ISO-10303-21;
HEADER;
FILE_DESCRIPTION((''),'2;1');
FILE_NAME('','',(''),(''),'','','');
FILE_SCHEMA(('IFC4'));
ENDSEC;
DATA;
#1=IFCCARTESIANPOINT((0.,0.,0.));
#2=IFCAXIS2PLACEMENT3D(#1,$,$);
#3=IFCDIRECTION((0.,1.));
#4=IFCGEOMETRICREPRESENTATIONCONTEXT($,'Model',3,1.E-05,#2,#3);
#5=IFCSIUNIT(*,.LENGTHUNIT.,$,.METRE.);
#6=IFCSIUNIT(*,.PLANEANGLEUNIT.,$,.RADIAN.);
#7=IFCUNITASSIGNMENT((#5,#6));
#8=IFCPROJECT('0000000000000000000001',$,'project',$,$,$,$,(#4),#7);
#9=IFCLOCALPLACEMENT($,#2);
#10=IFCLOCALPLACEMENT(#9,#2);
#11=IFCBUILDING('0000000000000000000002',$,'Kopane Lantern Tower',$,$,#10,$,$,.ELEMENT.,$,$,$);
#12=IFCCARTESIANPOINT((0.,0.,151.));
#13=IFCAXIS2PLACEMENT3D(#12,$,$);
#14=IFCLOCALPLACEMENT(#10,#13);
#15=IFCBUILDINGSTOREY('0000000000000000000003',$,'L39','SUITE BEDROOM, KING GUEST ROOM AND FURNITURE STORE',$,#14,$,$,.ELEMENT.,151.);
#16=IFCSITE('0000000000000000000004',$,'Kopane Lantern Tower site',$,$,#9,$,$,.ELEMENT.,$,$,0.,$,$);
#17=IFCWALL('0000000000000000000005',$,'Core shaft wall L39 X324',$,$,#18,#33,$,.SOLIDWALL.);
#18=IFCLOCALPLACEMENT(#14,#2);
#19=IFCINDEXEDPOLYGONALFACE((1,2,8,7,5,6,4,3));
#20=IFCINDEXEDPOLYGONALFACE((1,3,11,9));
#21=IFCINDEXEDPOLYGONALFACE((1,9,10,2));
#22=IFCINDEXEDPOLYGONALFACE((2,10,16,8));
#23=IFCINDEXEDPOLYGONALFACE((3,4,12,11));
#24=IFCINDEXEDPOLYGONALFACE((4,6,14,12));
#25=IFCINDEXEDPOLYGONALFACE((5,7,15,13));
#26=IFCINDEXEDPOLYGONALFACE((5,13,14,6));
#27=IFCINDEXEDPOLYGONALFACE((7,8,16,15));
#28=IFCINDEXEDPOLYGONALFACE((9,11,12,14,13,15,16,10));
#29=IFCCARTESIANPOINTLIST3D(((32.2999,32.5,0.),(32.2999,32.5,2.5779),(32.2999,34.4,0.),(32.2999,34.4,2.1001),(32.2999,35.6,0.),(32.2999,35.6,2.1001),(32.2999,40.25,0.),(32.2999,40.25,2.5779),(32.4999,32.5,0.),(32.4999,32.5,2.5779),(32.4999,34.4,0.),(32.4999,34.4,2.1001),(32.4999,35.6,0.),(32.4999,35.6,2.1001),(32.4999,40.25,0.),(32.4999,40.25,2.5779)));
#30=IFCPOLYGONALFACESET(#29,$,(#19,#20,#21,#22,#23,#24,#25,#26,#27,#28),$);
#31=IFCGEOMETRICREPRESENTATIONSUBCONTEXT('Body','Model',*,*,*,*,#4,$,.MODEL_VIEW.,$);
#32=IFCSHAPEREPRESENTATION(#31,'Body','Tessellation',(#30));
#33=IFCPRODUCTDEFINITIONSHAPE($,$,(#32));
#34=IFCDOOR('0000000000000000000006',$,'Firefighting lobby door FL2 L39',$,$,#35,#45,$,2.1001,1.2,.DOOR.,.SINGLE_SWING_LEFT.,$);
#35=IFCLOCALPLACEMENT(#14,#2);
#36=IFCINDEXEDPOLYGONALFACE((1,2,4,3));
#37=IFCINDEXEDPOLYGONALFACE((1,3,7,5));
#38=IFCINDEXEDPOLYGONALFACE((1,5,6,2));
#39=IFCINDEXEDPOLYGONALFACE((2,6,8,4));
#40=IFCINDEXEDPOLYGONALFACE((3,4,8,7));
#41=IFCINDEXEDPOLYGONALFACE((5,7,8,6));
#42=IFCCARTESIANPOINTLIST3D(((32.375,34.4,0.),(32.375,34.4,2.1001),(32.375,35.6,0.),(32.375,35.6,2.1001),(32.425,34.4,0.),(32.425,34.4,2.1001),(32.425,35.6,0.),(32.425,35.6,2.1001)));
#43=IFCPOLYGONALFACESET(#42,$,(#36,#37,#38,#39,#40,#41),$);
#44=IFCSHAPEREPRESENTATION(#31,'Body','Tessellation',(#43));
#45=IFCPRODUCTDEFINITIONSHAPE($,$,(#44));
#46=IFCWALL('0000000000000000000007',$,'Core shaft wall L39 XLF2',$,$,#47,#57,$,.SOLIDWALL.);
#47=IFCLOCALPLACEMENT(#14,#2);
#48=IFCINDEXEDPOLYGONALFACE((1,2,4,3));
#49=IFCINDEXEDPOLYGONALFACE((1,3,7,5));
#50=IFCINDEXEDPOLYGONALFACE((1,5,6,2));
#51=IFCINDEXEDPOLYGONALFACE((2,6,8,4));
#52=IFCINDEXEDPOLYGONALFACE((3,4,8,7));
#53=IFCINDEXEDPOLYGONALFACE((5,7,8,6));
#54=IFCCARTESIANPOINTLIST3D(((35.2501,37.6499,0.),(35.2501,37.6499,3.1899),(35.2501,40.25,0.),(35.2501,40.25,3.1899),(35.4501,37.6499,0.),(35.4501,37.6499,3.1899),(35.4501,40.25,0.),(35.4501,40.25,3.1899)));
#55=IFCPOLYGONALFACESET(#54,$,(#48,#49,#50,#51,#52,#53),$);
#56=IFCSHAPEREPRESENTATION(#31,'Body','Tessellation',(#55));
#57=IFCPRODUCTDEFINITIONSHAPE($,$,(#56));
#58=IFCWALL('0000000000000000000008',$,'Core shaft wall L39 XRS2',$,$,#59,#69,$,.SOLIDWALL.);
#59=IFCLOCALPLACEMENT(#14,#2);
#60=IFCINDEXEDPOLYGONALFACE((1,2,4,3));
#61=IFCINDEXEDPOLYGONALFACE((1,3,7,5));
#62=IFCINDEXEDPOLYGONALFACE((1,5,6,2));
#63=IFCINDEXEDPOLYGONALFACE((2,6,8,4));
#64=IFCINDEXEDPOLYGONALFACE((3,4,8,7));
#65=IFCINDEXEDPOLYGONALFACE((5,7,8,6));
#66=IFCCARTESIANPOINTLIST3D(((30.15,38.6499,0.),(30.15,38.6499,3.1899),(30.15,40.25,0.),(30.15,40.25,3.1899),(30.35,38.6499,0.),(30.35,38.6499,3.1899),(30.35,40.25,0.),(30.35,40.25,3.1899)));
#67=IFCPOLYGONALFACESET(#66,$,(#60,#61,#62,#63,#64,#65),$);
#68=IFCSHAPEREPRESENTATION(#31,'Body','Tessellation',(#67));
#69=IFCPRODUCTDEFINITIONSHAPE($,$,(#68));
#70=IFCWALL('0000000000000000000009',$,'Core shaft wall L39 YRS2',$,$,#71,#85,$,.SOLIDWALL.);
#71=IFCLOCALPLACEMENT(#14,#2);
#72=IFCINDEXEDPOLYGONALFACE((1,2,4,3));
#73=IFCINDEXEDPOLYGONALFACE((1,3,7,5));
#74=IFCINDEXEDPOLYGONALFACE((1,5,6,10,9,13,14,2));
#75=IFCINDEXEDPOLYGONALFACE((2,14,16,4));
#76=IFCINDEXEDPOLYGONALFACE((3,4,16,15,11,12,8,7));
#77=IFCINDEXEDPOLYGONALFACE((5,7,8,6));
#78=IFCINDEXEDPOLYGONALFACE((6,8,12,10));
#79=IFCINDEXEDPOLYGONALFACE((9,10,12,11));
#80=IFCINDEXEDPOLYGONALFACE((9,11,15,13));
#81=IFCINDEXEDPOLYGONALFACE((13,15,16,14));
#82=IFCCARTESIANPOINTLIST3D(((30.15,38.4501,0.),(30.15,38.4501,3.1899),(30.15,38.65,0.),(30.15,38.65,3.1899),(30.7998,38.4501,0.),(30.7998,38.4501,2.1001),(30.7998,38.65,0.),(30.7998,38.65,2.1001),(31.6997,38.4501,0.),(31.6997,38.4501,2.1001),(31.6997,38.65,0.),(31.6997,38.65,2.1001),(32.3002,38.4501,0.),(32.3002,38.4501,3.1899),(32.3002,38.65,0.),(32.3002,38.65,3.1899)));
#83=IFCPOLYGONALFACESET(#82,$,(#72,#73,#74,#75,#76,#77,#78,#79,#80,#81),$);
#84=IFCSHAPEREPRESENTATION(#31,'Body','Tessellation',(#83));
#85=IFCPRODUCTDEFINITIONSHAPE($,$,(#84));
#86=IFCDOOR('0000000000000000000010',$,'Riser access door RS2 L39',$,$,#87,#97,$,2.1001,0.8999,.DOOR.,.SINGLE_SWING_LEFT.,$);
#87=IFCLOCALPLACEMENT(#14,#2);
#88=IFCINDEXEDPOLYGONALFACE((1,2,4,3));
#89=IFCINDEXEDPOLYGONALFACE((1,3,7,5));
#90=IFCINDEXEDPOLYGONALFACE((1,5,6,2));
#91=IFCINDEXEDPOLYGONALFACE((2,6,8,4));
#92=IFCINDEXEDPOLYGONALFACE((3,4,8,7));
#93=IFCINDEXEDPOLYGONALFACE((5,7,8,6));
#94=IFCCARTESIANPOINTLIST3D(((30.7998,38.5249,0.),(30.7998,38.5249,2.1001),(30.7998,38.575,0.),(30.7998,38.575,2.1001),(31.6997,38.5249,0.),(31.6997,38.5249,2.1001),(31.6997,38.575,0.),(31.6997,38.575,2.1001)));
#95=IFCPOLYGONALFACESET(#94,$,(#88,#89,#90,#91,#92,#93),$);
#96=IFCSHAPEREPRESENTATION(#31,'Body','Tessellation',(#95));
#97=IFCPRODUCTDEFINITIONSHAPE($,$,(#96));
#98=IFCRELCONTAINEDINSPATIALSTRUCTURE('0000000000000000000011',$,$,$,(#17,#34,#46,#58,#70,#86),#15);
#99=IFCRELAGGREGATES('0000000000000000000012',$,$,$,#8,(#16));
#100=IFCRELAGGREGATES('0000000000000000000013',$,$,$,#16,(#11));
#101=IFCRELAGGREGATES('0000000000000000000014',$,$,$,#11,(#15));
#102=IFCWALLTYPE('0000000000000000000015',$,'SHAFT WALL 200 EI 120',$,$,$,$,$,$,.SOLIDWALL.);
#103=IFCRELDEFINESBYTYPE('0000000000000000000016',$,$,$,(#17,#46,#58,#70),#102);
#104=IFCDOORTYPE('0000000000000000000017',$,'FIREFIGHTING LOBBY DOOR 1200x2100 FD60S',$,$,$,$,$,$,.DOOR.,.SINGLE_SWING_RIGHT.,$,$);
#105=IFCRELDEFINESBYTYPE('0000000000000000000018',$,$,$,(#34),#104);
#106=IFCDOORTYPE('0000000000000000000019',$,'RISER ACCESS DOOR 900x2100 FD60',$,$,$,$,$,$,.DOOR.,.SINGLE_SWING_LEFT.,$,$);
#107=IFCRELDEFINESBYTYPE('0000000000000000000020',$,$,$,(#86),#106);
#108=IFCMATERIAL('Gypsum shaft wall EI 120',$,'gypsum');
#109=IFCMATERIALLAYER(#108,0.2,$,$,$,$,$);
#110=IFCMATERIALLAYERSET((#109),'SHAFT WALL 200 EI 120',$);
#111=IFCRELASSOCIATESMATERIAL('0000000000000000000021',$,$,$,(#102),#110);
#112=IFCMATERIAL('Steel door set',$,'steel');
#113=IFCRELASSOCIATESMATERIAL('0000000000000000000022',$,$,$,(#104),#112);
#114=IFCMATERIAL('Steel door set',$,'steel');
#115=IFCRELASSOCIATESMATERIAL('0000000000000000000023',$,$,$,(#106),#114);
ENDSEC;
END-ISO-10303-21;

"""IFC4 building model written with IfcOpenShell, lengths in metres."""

from ifc_helpers import new_model, si_unit, direction, frame, frame_2d, origin, place, context, subcontext, project, spatial, rectangle, extrude, material, layer, layer_set, type_object, element, fill, save


model = new_model("IFC4")

# Units and contexts
model_context = context("Model", 3, precision=1e-05, world=origin(), true_north=direction((0.0, 1.0)))
body_context = subcontext(model_context, "Body", "Model", "MODEL_VIEW")
ifc_project = project(units=[si_unit("LENGTHUNIT", "METRE"), si_unit("PLANEANGLEUNIT", "RADIAN")], contexts=[model_context])

# Site, building, storey
site_placement = place(None, origin())
site = spatial("IfcSite", under=ifc_project, at=site_placement, Name="Kopane Lantern Tower site", CompositionType="ELEMENT", RefElevation=0.0)
building_placement = place(site_placement, origin())
building = spatial("IfcBuilding", under=site, at=building_placement, Name="Kopane Lantern Tower", CompositionType="ELEMENT")
storey_placement = place(building_placement, frame((0.0, 0.0, 151.0)))
storey = spatial("IfcBuildingStorey", under=building, at=storey_placement, Name="L39", Description="SUITE BEDROOM, KING GUEST ROOM AND FURNITURE STORE", CompositionType="ELEMENT", Elevation=151.0)

# Shared definitions
ifc_material_1 = material(Name="Gypsum shaft wall EI 120", Category="gypsum")
ifc_layer_1 = layer(ifc_material_1, 0.2)
ifc_layer_set_1 = layer_set([ifc_layer_1], Name="SHAFT WALL 200 EI 120")
wall_type_1 = type_object("IfcWallType", Name="SHAFT WALL 200 EI 120", PredefinedType="SOLIDWALL", material=ifc_layer_set_1)

# Wall, opening, door
wall_1_placement = place(storey_placement, frame((32.3999, 32.5, 0.0), z_axis=(0.0, 0.0, 1.0), x_axis=(0.0, 1.0, 0.0)))
wall_1 = element("IfcWall", 1, at=wall_1_placement, inside=storey, type_object=wall_type_1, Name="Core shaft wall L39 X324", PredefinedType="SOLIDWALL", context=body_context, shape_type="SweptSolid", body=[
    extrude(rectangle(XDim=7.75, YDim=0.2, at=frame_2d((3.875, 0.0))), origin(), (0.0, 0.0, 1.0), 2.5779),
])
opening_1_placement = place(wall_1_placement, frame((1.8999, 0.0, 0.0)))
opening_1 = element("IfcOpeningElement", 2, at=opening_1_placement, cuts=wall_1, PredefinedType="OPENING", context=body_context, shape_type="SweptSolid", body=[
    extrude(rectangle(XDim=1.2, YDim=2.1001, at=frame_2d((0.6001, 1.05))), frame((0.0, 0.1099, 0.0), z_axis=(0.0, -1.0, 0.0), x_axis=(1.0, 0.0, 0.0)), (0.0, 0.0, 1.0), 0.22),
])
ifc_material_2 = material(Name="Steel door set", Category="steel")
door_type_1 = type_object("IfcDoorType", Name="FIREFIGHTING LOBBY DOOR 1200x2100 FD60S", OperationType="SINGLE_SWING_RIGHT", PredefinedType="DOOR", material=ifc_material_2)
door_1_placement = place(opening_1_placement, origin())
door_1 = element("IfcDoor", 3, at=door_1_placement, inside=storey, type_object=door_type_1, Name="Firefighting lobby door FL2 L39", OperationType="SINGLE_SWING_LEFT", OverallHeight=2.1001, OverallWidth=1.2, PredefinedType="DOOR", context=body_context, shape_type="SweptSolid", body=[
    extrude(rectangle(XDim=1.2, YDim=2.1001, at=frame_2d((0.6001, 1.05))), frame((0.0, 0.0249, 0.0), z_axis=(0.0, -1.0, 0.0), x_axis=(1.0, 0.0, 0.0)), (0.0, 0.0, 1.0), 0.05),
])
fill(opening_1, door_1)

# Walls
wall_2_placement = place(storey_placement, frame((35.3501, 37.6499, 0.0), z_axis=(0.0, 0.0, 1.0), x_axis=(0.0, 1.0, 0.0)))
element("IfcWall", 4, at=wall_2_placement, inside=storey, type_object=wall_type_1, Name="Core shaft wall L39 XLF2", PredefinedType="SOLIDWALL", context=body_context, shape_type="SweptSolid", body=[
    extrude(rectangle(XDim=2.6001, YDim=0.2, at=frame_2d((1.3, 0.0))), origin(), (0.0, 0.0, 1.0), 3.1899),
])
wall_3_placement = place(storey_placement, frame((30.25, 38.6499, 0.0), z_axis=(0.0, 0.0, 1.0), x_axis=(0.0, 1.0, 0.0)))
element("IfcWall", 5, at=wall_3_placement, inside=storey, type_object=wall_type_1, Name="Core shaft wall L39 XRS2", PredefinedType="SOLIDWALL", context=body_context, shape_type="SweptSolid", body=[
    extrude(rectangle(XDim=1.6001, YDim=0.2, at=frame_2d((0.8, 0.0))), origin(), (0.0, 0.0, 1.0), 3.1899),
])

# Wall, opening, door
wall_4_placement = place(storey_placement, frame((30.1499, 38.55, 0.0), z_axis=(0.0, 0.0, 1.0), x_axis=(1.0, 0.0, 0.0)))
wall_4 = element("IfcWall", 6, at=wall_4_placement, inside=storey, type_object=wall_type_1, Name="Core shaft wall L39 YRS2", PredefinedType="SOLIDWALL", context=body_context, shape_type="SweptSolid", body=[
    extrude(rectangle(XDim=2.1501, YDim=0.2, at=frame_2d((1.0752, 0.0))), origin(), (0.0, 0.0, 1.0), 3.1899),
])
opening_2_placement = place(wall_4_placement, frame((0.6499, 0.0, 0.0)))
opening_2 = element("IfcOpeningElement", 7, at=opening_2_placement, cuts=wall_4, PredefinedType="OPENING", context=body_context, shape_type="SweptSolid", body=[
    extrude(rectangle(XDim=0.8999, YDim=2.1001, at=frame_2d((0.45, 1.05))), frame((0.0, 0.1099, 0.0), z_axis=(0.0, -1.0, 0.0), x_axis=(1.0, 0.0, 0.0)), (0.0, 0.0, 1.0), 0.22),
])
ifc_material_3 = material(Name="Steel door set", Category="steel")
door_type_2 = type_object("IfcDoorType", Name="RISER ACCESS DOOR 900x2100 FD60", OperationType="SINGLE_SWING_LEFT", PredefinedType="DOOR", material=ifc_material_3)
door_2_placement = place(opening_2_placement, origin())
door_2 = element("IfcDoor", 8, at=door_2_placement, inside=storey, type_object=door_type_2, Name="Riser access door RS2 L39", OperationType="SINGLE_SWING_LEFT", OverallHeight=2.1001, OverallWidth=0.8999, PredefinedType="DOOR", context=body_context, shape_type="SweptSolid", body=[
    extrude(rectangle(XDim=0.8999, YDim=2.1001, at=frame_2d((0.45, 1.05))), frame((0.0, 0.0249, 0.0), z_axis=(0.0, -1.0, 0.0), x_axis=(1.0, 0.0, 0.0)), (0.0, 0.0, 1.0), 0.05),
])
fill(opening_2, door_2)

save(model, "model.ifc")
